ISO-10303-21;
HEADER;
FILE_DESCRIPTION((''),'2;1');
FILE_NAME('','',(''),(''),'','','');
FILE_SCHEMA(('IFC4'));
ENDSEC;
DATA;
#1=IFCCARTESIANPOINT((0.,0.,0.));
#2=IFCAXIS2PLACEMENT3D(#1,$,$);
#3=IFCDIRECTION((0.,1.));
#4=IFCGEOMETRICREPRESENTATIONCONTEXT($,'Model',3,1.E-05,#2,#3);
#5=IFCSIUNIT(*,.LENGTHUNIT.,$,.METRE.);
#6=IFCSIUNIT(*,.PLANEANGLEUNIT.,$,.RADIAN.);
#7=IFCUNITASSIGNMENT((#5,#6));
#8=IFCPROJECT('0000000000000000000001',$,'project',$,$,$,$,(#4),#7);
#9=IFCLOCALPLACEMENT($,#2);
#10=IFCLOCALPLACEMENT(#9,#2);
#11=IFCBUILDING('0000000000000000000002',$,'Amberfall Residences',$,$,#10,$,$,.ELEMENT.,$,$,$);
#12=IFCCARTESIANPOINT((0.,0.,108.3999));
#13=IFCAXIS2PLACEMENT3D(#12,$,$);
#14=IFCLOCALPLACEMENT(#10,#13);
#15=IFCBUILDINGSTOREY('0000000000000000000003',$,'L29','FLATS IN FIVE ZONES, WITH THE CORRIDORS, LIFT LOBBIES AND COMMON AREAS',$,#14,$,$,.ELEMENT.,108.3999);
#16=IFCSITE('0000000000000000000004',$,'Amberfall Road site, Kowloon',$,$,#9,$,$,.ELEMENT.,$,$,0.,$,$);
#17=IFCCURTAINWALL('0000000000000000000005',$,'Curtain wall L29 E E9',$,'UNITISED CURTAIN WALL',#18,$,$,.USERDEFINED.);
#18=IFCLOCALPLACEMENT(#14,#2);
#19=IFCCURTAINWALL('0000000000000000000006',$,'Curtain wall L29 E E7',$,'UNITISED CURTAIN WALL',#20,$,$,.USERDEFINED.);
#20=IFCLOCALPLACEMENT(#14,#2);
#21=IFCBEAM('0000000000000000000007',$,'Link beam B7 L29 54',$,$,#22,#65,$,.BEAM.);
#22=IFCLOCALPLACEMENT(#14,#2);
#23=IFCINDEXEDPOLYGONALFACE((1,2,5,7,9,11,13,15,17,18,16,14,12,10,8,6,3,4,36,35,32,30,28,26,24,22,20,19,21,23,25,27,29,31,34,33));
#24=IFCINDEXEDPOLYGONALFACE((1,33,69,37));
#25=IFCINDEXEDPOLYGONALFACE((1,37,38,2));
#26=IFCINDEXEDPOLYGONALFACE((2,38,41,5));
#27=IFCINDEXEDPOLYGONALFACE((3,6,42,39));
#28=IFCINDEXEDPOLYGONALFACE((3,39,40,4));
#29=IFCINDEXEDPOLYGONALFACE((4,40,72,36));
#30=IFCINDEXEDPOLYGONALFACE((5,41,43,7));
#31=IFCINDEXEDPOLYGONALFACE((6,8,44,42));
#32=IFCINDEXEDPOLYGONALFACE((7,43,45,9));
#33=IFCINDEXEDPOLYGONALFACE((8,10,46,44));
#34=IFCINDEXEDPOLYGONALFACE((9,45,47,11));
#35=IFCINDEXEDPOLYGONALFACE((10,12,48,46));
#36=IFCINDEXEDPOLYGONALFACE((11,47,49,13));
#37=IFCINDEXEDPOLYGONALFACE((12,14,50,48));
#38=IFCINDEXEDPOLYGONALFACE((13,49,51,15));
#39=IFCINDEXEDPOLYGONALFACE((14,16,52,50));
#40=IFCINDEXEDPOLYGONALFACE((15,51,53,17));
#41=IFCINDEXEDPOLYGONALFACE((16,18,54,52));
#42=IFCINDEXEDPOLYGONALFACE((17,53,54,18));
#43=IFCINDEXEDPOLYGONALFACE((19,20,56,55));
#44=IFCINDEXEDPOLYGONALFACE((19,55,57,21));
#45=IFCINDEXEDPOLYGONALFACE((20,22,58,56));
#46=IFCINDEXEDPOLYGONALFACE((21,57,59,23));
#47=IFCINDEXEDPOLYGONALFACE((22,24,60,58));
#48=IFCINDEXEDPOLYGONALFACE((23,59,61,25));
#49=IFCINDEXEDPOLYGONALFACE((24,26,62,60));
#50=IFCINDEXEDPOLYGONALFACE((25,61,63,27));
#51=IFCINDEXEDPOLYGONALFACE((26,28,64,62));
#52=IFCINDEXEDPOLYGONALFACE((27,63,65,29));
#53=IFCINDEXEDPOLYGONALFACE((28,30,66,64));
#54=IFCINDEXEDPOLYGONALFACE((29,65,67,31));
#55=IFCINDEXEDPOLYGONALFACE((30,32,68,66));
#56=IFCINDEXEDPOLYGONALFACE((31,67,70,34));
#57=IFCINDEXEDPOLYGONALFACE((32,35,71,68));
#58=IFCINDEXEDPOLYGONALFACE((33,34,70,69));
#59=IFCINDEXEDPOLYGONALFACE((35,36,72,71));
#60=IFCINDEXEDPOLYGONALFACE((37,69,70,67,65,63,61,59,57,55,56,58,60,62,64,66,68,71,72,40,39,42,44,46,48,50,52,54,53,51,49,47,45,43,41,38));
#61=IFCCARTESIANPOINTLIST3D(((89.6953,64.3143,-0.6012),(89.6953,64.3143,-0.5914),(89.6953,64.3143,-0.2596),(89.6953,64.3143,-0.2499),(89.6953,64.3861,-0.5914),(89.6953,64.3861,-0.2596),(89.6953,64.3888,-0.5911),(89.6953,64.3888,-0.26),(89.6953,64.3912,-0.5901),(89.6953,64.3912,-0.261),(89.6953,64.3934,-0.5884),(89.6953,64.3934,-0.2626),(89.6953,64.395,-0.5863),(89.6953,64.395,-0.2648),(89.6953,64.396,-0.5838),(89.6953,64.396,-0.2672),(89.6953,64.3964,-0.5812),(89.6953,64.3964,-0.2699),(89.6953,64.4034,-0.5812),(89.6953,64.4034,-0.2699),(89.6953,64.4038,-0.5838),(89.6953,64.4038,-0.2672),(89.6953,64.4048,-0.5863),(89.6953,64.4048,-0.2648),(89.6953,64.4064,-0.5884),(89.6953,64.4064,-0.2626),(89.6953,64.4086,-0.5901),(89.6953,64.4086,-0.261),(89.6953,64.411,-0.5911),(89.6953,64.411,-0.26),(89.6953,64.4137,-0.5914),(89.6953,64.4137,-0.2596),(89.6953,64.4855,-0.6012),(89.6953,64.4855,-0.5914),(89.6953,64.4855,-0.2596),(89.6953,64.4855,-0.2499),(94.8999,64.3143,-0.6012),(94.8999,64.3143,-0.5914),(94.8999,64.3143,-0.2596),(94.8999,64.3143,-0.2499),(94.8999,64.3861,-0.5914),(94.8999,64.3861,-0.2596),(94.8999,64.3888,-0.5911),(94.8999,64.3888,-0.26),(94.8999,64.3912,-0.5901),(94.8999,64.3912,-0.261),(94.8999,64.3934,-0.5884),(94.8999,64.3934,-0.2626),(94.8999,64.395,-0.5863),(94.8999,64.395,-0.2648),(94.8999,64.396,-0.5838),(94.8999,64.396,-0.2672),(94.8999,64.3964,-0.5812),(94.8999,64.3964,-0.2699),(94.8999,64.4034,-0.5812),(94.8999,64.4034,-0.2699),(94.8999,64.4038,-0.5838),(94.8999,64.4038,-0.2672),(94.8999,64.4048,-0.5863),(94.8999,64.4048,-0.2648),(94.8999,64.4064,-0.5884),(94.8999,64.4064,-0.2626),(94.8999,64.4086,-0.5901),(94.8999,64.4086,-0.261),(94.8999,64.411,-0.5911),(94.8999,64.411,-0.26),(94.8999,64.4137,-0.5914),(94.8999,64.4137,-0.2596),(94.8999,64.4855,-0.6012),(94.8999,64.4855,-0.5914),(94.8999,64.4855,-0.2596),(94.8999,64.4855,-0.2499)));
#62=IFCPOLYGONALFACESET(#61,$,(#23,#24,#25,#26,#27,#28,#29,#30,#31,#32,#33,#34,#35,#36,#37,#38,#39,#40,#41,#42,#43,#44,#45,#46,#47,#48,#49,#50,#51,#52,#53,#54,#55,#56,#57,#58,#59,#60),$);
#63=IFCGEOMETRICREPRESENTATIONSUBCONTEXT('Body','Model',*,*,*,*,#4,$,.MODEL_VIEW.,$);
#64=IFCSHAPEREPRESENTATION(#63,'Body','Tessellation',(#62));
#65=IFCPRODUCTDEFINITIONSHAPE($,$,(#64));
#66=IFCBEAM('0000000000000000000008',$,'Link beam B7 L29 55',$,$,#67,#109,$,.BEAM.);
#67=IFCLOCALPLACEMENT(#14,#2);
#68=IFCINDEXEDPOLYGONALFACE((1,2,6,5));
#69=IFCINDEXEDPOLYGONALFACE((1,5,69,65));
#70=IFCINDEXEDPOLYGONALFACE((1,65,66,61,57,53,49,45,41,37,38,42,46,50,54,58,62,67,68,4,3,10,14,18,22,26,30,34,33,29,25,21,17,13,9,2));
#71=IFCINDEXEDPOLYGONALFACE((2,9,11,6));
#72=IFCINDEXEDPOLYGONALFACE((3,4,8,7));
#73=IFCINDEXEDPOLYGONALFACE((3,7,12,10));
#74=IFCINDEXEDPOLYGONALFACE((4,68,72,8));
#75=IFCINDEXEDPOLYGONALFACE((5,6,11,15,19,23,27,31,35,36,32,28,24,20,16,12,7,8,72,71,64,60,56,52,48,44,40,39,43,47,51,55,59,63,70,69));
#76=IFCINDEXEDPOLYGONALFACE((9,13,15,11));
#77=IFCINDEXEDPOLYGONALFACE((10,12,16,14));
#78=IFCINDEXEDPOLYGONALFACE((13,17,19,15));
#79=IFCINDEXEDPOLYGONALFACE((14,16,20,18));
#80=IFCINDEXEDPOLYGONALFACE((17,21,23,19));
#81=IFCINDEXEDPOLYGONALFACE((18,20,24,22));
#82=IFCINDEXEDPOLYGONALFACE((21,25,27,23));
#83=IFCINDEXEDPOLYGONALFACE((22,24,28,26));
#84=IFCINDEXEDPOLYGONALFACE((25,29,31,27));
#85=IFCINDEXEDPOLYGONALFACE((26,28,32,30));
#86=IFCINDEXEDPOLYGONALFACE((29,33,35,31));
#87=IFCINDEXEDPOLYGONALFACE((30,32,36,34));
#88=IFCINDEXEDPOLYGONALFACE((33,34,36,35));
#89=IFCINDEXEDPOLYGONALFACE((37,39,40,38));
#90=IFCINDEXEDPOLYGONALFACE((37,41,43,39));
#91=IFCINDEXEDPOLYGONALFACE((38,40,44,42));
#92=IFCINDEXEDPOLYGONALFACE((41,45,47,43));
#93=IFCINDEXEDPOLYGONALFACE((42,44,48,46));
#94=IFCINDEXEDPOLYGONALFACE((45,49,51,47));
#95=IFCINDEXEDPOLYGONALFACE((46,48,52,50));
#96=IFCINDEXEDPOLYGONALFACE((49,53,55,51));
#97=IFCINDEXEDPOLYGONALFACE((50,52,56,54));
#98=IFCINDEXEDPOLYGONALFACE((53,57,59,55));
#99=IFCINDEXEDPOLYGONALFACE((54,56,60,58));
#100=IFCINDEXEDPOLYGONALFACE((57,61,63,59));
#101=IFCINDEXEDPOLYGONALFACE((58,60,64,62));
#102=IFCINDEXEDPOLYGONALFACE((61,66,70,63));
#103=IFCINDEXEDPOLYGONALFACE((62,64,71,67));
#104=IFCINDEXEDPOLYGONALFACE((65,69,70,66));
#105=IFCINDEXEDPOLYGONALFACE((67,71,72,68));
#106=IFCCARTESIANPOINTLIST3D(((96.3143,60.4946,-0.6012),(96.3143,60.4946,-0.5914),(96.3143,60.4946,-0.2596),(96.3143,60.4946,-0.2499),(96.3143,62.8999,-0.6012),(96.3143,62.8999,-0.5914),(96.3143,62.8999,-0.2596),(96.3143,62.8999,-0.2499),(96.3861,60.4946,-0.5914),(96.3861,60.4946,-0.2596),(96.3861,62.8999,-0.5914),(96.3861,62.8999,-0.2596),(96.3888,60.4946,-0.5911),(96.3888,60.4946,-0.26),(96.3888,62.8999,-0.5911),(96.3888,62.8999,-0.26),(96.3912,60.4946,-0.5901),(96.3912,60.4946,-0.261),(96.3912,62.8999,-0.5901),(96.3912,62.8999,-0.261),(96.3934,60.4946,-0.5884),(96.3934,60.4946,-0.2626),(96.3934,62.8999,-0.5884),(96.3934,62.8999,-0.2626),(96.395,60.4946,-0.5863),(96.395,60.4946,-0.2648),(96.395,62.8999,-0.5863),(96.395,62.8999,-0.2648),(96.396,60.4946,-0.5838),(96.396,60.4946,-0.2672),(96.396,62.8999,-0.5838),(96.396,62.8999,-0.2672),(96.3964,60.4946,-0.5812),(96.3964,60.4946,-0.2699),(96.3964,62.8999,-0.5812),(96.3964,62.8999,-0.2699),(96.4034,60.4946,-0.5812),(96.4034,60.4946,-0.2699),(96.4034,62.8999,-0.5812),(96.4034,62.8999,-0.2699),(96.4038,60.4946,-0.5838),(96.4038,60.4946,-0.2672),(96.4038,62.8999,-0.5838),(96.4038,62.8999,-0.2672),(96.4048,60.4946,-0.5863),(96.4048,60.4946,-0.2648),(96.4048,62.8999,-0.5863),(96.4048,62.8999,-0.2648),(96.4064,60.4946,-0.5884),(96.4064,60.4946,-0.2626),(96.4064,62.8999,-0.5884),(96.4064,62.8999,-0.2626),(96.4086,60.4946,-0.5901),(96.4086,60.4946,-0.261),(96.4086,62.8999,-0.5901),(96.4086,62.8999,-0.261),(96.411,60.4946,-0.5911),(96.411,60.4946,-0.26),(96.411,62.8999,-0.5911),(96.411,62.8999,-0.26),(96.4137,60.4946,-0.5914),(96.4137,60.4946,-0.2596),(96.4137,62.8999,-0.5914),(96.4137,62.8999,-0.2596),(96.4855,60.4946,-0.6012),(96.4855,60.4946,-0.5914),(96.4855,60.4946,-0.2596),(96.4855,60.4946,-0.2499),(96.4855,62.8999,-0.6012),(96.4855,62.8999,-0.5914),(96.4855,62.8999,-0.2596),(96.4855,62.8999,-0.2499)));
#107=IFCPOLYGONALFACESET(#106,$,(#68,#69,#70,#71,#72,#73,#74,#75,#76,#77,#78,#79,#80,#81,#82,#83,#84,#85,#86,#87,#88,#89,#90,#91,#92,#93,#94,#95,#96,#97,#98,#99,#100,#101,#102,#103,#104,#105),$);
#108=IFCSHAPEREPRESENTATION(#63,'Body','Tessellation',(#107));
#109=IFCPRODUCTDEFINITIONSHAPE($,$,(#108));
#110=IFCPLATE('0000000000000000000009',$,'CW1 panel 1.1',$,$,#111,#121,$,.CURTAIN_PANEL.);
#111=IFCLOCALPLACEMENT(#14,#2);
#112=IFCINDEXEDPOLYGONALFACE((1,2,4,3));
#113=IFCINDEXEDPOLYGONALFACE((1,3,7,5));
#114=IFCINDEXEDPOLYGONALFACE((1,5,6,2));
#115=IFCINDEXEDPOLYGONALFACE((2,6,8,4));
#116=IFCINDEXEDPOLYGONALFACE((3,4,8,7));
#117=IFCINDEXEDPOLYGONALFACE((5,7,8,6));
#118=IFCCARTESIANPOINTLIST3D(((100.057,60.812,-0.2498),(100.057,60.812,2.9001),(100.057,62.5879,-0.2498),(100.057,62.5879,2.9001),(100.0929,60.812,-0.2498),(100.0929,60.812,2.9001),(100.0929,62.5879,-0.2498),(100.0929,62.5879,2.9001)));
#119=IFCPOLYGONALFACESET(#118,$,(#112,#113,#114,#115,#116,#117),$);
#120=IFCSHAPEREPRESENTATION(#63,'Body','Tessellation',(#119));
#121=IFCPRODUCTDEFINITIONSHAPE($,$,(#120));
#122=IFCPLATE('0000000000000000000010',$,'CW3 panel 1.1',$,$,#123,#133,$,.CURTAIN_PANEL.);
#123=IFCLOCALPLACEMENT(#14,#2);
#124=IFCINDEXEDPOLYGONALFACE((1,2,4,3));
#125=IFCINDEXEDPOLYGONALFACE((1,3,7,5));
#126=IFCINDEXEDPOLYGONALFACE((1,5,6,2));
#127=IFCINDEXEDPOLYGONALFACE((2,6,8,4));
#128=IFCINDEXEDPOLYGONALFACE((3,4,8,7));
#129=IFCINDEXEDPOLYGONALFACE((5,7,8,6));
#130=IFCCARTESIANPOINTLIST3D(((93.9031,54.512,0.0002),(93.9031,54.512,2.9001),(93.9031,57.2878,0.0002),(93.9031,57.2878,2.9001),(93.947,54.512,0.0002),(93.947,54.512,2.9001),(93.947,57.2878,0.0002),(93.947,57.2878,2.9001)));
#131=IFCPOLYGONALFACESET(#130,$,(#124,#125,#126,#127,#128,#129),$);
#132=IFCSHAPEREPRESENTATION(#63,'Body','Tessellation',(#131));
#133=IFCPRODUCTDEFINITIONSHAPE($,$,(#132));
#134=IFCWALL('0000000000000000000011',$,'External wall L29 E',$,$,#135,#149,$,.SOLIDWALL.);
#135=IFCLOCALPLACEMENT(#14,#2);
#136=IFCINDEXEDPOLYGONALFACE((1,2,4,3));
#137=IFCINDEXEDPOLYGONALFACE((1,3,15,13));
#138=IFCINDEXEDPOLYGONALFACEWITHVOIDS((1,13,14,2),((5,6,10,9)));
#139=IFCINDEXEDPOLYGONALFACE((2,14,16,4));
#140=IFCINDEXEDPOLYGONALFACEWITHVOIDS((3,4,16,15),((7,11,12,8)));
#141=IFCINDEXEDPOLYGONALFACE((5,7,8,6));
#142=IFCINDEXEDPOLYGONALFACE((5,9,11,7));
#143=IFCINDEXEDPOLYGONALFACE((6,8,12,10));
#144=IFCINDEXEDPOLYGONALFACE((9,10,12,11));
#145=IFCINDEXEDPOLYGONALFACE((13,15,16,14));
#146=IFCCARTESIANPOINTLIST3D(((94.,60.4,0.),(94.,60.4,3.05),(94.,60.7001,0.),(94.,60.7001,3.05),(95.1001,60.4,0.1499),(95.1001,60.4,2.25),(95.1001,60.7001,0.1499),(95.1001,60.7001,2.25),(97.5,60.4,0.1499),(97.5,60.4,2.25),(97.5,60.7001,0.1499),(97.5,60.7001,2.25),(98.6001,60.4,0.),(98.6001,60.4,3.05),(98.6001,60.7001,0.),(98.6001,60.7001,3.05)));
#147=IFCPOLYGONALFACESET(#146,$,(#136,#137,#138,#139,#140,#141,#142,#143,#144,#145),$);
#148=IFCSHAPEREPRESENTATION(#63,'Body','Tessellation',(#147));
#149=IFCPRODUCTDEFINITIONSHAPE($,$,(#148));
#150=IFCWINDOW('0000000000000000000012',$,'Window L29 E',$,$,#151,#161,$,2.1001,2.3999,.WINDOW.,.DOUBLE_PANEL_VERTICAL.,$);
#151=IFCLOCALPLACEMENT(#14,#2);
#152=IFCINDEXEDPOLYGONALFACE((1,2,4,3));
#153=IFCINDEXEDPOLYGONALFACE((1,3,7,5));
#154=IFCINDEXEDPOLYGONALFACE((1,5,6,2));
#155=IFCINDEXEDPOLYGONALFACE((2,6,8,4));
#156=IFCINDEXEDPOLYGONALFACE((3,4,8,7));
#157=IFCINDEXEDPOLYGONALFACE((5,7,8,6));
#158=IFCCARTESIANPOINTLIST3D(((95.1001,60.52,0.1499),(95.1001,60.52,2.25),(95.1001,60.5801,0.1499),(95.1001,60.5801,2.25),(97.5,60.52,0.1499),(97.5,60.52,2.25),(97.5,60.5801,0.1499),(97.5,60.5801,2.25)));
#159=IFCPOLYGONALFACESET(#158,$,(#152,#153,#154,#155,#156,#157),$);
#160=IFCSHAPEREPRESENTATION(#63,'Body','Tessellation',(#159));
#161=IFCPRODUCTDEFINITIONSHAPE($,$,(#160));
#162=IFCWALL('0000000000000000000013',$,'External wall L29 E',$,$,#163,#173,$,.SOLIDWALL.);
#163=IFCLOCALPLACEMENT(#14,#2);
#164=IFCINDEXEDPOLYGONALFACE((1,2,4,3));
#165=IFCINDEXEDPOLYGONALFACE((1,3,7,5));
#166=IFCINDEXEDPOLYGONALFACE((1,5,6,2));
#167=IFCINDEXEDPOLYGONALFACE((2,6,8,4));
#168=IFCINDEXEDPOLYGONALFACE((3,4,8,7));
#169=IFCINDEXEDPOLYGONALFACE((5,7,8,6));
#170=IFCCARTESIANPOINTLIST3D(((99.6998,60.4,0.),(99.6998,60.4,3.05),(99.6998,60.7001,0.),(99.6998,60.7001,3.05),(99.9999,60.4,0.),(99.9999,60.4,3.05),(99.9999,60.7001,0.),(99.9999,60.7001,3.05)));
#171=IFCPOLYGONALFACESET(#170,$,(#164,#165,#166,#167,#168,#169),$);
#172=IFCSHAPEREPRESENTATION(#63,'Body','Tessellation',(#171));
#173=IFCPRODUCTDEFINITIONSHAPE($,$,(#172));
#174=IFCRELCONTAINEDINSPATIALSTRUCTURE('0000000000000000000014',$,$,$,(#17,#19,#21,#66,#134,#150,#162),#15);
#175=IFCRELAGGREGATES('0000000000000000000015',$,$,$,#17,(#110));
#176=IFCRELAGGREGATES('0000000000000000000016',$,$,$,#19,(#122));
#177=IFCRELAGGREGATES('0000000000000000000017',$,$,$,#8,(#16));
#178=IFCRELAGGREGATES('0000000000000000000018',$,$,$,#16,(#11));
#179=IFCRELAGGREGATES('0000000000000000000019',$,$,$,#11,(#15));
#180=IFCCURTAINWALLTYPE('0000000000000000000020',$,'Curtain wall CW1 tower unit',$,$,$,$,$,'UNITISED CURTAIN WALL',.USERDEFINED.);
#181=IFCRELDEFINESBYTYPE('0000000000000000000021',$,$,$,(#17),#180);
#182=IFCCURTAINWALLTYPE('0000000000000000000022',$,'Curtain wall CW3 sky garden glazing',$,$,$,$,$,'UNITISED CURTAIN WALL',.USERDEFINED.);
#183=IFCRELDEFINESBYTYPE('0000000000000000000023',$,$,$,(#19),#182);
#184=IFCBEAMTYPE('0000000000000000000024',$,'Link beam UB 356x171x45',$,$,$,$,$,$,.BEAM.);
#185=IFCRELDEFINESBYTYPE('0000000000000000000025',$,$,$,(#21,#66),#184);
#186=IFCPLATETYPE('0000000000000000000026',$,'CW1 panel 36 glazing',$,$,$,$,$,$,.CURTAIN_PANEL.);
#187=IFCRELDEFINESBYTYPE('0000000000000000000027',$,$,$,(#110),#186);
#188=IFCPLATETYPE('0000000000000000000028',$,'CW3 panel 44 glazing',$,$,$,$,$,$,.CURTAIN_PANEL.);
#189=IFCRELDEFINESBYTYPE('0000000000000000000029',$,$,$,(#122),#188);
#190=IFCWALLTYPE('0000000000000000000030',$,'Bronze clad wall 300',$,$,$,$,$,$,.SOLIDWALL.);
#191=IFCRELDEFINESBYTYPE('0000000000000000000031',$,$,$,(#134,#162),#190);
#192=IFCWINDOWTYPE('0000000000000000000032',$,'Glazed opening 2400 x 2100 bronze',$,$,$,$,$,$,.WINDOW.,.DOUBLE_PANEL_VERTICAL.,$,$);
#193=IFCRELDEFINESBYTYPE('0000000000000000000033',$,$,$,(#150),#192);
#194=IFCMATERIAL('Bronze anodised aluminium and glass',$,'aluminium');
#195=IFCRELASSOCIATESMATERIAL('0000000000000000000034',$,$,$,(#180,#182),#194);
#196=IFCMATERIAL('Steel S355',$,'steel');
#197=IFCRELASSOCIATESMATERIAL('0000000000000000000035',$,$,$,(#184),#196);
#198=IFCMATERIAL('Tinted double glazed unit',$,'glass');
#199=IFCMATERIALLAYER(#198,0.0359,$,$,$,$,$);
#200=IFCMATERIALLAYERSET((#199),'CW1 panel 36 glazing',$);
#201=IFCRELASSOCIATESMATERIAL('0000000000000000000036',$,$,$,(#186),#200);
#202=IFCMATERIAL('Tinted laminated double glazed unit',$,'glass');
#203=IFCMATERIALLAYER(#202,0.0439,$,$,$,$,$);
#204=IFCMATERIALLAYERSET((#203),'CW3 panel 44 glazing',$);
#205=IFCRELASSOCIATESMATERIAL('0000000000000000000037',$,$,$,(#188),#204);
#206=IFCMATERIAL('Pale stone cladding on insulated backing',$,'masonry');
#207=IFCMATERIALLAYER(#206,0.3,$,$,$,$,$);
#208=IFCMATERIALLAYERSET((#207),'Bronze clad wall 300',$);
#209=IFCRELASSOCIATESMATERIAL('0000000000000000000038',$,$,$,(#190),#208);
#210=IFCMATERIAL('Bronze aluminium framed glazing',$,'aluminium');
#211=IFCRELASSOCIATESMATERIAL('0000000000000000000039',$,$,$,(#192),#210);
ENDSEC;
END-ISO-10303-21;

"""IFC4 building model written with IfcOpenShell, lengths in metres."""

from ifc_helpers import new_model, si_unit, direction, frame, frame_2d, origin, origin_2d, place, context, subcontext, project, spatial, rectangle, i_section, extrude, material, layer, layer_set, material_profile, profile_set, type_object, element, fill, aggregate, save


model = new_model("IFC4")

# Units and contexts
model_context = context("Model", 3, precision=1e-05, world=origin(), true_north=direction((0.0, 1.0)))
body_context = subcontext(model_context, "Body", "Model", "MODEL_VIEW")
ifc_project = project(units=[si_unit("LENGTHUNIT", "METRE"), si_unit("PLANEANGLEUNIT", "RADIAN")], contexts=[model_context])

# Site, building, storey
site_placement = place(None, origin())
site = spatial("IfcSite", under=ifc_project, at=site_placement, Name="Amberfall Road site, Kowloon", CompositionType="ELEMENT", RefElevation=0.0)
building_placement = place(site_placement, origin())
building = spatial("IfcBuilding", under=site, at=building_placement, Name="Amberfall Residences", CompositionType="ELEMENT")
storey_placement = place(building_placement, frame((0.0, 0.0, 108.3999)))
storey = spatial("IfcBuildingStorey", under=building, at=storey_placement, Name="L29", Description="FLATS IN FIVE ZONES, WITH THE CORRIDORS, LIFT LOBBIES AND COMMON AREAS", CompositionType="ELEMENT", Elevation=108.3999)

# Curtain walls
ifc_material_1 = material(Name="Bronze anodised aluminium and glass", Category="aluminium")
curtain_wall_type_1 = type_object("IfcCurtainWallType", Name="Curtain wall CW1 tower unit", ElementType="UNITISED CURTAIN WALL", PredefinedType="USERDEFINED", material=ifc_material_1)
curtain_wall_1_placement = place(storey_placement, origin())
curtain_wall_1 = element("IfcCurtainWall", 1, at=curtain_wall_1_placement, inside=storey, type_object=curtain_wall_type_1, Name="Curtain wall L29 E E9", ObjectType="UNITISED CURTAIN WALL", PredefinedType="USERDEFINED")
curtain_wall_type_2 = type_object("IfcCurtainWallType", Name="Curtain wall CW3 sky garden glazing", ElementType="UNITISED CURTAIN WALL", PredefinedType="USERDEFINED", material=ifc_material_1)
curtain_wall_2_placement = place(storey_placement, origin())
curtain_wall_2 = element("IfcCurtainWall", 2, at=curtain_wall_2_placement, inside=storey, type_object=curtain_wall_type_2, Name="Curtain wall L29 E E7", ObjectType="UNITISED CURTAIN WALL", PredefinedType="USERDEFINED")

# Beams
ifc_material_2 = material(Name="Steel S355", Category="steel")
ifc_material_profile_1 = material_profile(ifc_material_2, i_section(OverallWidth=0.1711, OverallDepth=0.3513, WebThickness=0.0071, FlangeThickness=0.0098, FilletRadius=0.0103, at=origin_2d()), Name="UB 356x171x45")
ifc_profile_set_1 = profile_set([ifc_material_profile_1], Name="Steel S355")
beam_type_1 = type_object("IfcBeamType", Name="Link beam UB 356x171x45", PredefinedType="BEAM", material=ifc_profile_set_1)
beam_1_placement = place(storey_placement, frame((94.8999, 64.3999, -0.4255), z_axis=(-1.0, 0.0, 0.0), x_axis=(0.0, -1.0, 0.0)))
element("IfcBeam", 3, at=beam_1_placement, inside=storey, type_object=beam_type_1, Name="Link beam B7 L29 54", PredefinedType="BEAM", context=body_context, shape_type="SweptSolid", body=[
    extrude(i_section(OverallWidth=0.1711, OverallDepth=0.3513, WebThickness=0.0071, FlangeThickness=0.0098, FilletRadius=0.0103, at=origin_2d()), origin(), (0.0, 0.0, 1.0), 5.2046),
])
beam_2_placement = place(storey_placement, frame((96.3999, 62.8999, -0.4255), z_axis=(0.0, -1.0, 0.0), x_axis=(1.0, 0.0, 0.0)))
element("IfcBeam", 4, at=beam_2_placement, inside=storey, type_object=beam_type_1, Name="Link beam B7 L29 55", PredefinedType="BEAM", context=body_context, shape_type="SweptSolid", body=[
    extrude(i_section(OverallWidth=0.1711, OverallDepth=0.3513, WebThickness=0.0071, FlangeThickness=0.0098, FilletRadius=0.0103, at=origin_2d()), origin(), (0.0, 0.0, 1.0), 2.4053),
])

# Plates
ifc_material_3 = material(Name="Tinted double glazed unit", Category="glass")
ifc_layer_1 = layer(ifc_material_3, 0.0359)
ifc_layer_set_1 = layer_set([ifc_layer_1], Name="CW1 panel 36 glazing")
plate_type_1 = type_object("IfcPlateType", Name="CW1 panel 36 glazing", PredefinedType="CURTAIN_PANEL", material=ifc_layer_set_1)
plate_1_placement = place(storey_placement, frame((100.075, 61.7, -0.2498), z_axis=(0.0, 0.0, 1.0), x_axis=(0.0, 1.0, 0.0)))
plate_1 = element("IfcPlate", 5, at=plate_1_placement, type_object=plate_type_1, Name="CW1 panel 1.1", PredefinedType="CURTAIN_PANEL", context=body_context, shape_type="SweptSolid", body=[
    extrude(rectangle(XDim=1.7759, YDim=0.0359, at=origin_2d()), origin(), (0.0, 0.0, 1.0), 3.1499),
])
aggregate(curtain_wall_1, [plate_1])
ifc_material_4 = material(Name="Tinted laminated double glazed unit", Category="glass")
ifc_layer_2 = layer(ifc_material_4, 0.0439)
ifc_layer_set_2 = layer_set([ifc_layer_2], Name="CW3 panel 44 glazing")
plate_type_2 = type_object("IfcPlateType", Name="CW3 panel 44 glazing", PredefinedType="CURTAIN_PANEL", material=ifc_layer_set_2)
plate_2_placement = place(storey_placement, frame((93.925, 55.8999, 0.0002), z_axis=(0.0, 0.0, 1.0), x_axis=(0.0, 1.0, 0.0)))
plate_2 = element("IfcPlate", 6, at=plate_2_placement, type_object=plate_type_2, Name="CW3 panel 1.1", PredefinedType="CURTAIN_PANEL", context=body_context, shape_type="SweptSolid", body=[
    extrude(rectangle(XDim=2.7759, YDim=0.0439, at=origin_2d()), origin(), (0.0, 0.0, 1.0), 2.8999),
])
aggregate(curtain_wall_2, [plate_2])

# Wall, opening, window
ifc_material_5 = material(Name="Pale stone cladding on insulated backing", Category="masonry")
ifc_layer_3 = layer(ifc_material_5, 0.3)
ifc_layer_set_3 = layer_set([ifc_layer_3], Name="Bronze clad wall 300")
wall_type_1 = type_object("IfcWallType", Name="Bronze clad wall 300", PredefinedType="SOLIDWALL", material=ifc_layer_set_3)
wall_1_placement = place(storey_placement, frame((94.0, 60.55, 0.0), z_axis=(0.0, 0.0, 1.0), x_axis=(1.0, 0.0, 0.0)))
wall_1 = element("IfcWall", 7, at=wall_1_placement, inside=storey, type_object=wall_type_1, Name="External wall L29 E", PredefinedType="SOLIDWALL", context=body_context, shape_type="SweptSolid", body=[
    extrude(rectangle(XDim=4.6001, YDim=0.3, at=frame_2d((2.3, 0.0))), origin(), (0.0, 0.0, 1.0), 3.05),
])
opening_1_placement = place(wall_1_placement, frame((1.1001, 0.0, 0.1499)))
opening_1 = element("IfcOpeningElement", 8, at=opening_1_placement, cuts=wall_1, PredefinedType="OPENING", context=body_context, shape_type="SweptSolid", body=[
    extrude(rectangle(XDim=2.3999, YDim=2.1001, at=frame_2d((1.2, 1.05))), frame((0.0, 0.1599, 0.0), z_axis=(0.0, -1.0, 0.0), x_axis=(1.0, 0.0, 0.0)), (0.0, 0.0, 1.0), 0.3201),
])
ifc_material_6 = material(Name="Bronze aluminium framed glazing", Category="aluminium")
window_type = type_object("IfcWindowType", Name="Glazed opening 2400 x 2100 bronze", PartitioningType="DOUBLE_PANEL_VERTICAL", PredefinedType="WINDOW", material=ifc_material_6)
window_1_placement = place(opening_1_placement, origin())
window_1 = element("IfcWindow", 9, at=window_1_placement, inside=storey, type_object=window_type, Name="Window L29 E", OverallHeight=2.1001, OverallWidth=2.3999, PartitioningType="DOUBLE_PANEL_VERTICAL", PredefinedType="WINDOW", context=body_context, shape_type="SweptSolid", body=[
    extrude(rectangle(XDim=2.3999, YDim=2.1001, at=frame_2d((1.2, 1.05))), frame((0.0, 0.03, 0.0), z_axis=(0.0, -1.0, 0.0), x_axis=(1.0, 0.0, 0.0)), (0.0, 0.0, 1.0), 0.0601),
])
fill(opening_1, window_1)

# Wall
wall_2_placement = place(storey_placement, frame((99.7, 60.55, 0.0), z_axis=(0.0, 0.0, 1.0), x_axis=(1.0, 0.0, 0.0)))
element("IfcWall", 10, at=wall_2_placement, inside=storey, type_object=wall_type_1, Name="External wall L29 E", PredefinedType="SOLIDWALL", context=body_context, shape_type="SweptSolid", body=[
    extrude(rectangle(XDim=0.3, YDim=0.3, at=frame_2d((0.1499, 0.0))), origin(), (0.0, 0.0, 1.0), 3.05),
])

save(model, "model.ifc")
